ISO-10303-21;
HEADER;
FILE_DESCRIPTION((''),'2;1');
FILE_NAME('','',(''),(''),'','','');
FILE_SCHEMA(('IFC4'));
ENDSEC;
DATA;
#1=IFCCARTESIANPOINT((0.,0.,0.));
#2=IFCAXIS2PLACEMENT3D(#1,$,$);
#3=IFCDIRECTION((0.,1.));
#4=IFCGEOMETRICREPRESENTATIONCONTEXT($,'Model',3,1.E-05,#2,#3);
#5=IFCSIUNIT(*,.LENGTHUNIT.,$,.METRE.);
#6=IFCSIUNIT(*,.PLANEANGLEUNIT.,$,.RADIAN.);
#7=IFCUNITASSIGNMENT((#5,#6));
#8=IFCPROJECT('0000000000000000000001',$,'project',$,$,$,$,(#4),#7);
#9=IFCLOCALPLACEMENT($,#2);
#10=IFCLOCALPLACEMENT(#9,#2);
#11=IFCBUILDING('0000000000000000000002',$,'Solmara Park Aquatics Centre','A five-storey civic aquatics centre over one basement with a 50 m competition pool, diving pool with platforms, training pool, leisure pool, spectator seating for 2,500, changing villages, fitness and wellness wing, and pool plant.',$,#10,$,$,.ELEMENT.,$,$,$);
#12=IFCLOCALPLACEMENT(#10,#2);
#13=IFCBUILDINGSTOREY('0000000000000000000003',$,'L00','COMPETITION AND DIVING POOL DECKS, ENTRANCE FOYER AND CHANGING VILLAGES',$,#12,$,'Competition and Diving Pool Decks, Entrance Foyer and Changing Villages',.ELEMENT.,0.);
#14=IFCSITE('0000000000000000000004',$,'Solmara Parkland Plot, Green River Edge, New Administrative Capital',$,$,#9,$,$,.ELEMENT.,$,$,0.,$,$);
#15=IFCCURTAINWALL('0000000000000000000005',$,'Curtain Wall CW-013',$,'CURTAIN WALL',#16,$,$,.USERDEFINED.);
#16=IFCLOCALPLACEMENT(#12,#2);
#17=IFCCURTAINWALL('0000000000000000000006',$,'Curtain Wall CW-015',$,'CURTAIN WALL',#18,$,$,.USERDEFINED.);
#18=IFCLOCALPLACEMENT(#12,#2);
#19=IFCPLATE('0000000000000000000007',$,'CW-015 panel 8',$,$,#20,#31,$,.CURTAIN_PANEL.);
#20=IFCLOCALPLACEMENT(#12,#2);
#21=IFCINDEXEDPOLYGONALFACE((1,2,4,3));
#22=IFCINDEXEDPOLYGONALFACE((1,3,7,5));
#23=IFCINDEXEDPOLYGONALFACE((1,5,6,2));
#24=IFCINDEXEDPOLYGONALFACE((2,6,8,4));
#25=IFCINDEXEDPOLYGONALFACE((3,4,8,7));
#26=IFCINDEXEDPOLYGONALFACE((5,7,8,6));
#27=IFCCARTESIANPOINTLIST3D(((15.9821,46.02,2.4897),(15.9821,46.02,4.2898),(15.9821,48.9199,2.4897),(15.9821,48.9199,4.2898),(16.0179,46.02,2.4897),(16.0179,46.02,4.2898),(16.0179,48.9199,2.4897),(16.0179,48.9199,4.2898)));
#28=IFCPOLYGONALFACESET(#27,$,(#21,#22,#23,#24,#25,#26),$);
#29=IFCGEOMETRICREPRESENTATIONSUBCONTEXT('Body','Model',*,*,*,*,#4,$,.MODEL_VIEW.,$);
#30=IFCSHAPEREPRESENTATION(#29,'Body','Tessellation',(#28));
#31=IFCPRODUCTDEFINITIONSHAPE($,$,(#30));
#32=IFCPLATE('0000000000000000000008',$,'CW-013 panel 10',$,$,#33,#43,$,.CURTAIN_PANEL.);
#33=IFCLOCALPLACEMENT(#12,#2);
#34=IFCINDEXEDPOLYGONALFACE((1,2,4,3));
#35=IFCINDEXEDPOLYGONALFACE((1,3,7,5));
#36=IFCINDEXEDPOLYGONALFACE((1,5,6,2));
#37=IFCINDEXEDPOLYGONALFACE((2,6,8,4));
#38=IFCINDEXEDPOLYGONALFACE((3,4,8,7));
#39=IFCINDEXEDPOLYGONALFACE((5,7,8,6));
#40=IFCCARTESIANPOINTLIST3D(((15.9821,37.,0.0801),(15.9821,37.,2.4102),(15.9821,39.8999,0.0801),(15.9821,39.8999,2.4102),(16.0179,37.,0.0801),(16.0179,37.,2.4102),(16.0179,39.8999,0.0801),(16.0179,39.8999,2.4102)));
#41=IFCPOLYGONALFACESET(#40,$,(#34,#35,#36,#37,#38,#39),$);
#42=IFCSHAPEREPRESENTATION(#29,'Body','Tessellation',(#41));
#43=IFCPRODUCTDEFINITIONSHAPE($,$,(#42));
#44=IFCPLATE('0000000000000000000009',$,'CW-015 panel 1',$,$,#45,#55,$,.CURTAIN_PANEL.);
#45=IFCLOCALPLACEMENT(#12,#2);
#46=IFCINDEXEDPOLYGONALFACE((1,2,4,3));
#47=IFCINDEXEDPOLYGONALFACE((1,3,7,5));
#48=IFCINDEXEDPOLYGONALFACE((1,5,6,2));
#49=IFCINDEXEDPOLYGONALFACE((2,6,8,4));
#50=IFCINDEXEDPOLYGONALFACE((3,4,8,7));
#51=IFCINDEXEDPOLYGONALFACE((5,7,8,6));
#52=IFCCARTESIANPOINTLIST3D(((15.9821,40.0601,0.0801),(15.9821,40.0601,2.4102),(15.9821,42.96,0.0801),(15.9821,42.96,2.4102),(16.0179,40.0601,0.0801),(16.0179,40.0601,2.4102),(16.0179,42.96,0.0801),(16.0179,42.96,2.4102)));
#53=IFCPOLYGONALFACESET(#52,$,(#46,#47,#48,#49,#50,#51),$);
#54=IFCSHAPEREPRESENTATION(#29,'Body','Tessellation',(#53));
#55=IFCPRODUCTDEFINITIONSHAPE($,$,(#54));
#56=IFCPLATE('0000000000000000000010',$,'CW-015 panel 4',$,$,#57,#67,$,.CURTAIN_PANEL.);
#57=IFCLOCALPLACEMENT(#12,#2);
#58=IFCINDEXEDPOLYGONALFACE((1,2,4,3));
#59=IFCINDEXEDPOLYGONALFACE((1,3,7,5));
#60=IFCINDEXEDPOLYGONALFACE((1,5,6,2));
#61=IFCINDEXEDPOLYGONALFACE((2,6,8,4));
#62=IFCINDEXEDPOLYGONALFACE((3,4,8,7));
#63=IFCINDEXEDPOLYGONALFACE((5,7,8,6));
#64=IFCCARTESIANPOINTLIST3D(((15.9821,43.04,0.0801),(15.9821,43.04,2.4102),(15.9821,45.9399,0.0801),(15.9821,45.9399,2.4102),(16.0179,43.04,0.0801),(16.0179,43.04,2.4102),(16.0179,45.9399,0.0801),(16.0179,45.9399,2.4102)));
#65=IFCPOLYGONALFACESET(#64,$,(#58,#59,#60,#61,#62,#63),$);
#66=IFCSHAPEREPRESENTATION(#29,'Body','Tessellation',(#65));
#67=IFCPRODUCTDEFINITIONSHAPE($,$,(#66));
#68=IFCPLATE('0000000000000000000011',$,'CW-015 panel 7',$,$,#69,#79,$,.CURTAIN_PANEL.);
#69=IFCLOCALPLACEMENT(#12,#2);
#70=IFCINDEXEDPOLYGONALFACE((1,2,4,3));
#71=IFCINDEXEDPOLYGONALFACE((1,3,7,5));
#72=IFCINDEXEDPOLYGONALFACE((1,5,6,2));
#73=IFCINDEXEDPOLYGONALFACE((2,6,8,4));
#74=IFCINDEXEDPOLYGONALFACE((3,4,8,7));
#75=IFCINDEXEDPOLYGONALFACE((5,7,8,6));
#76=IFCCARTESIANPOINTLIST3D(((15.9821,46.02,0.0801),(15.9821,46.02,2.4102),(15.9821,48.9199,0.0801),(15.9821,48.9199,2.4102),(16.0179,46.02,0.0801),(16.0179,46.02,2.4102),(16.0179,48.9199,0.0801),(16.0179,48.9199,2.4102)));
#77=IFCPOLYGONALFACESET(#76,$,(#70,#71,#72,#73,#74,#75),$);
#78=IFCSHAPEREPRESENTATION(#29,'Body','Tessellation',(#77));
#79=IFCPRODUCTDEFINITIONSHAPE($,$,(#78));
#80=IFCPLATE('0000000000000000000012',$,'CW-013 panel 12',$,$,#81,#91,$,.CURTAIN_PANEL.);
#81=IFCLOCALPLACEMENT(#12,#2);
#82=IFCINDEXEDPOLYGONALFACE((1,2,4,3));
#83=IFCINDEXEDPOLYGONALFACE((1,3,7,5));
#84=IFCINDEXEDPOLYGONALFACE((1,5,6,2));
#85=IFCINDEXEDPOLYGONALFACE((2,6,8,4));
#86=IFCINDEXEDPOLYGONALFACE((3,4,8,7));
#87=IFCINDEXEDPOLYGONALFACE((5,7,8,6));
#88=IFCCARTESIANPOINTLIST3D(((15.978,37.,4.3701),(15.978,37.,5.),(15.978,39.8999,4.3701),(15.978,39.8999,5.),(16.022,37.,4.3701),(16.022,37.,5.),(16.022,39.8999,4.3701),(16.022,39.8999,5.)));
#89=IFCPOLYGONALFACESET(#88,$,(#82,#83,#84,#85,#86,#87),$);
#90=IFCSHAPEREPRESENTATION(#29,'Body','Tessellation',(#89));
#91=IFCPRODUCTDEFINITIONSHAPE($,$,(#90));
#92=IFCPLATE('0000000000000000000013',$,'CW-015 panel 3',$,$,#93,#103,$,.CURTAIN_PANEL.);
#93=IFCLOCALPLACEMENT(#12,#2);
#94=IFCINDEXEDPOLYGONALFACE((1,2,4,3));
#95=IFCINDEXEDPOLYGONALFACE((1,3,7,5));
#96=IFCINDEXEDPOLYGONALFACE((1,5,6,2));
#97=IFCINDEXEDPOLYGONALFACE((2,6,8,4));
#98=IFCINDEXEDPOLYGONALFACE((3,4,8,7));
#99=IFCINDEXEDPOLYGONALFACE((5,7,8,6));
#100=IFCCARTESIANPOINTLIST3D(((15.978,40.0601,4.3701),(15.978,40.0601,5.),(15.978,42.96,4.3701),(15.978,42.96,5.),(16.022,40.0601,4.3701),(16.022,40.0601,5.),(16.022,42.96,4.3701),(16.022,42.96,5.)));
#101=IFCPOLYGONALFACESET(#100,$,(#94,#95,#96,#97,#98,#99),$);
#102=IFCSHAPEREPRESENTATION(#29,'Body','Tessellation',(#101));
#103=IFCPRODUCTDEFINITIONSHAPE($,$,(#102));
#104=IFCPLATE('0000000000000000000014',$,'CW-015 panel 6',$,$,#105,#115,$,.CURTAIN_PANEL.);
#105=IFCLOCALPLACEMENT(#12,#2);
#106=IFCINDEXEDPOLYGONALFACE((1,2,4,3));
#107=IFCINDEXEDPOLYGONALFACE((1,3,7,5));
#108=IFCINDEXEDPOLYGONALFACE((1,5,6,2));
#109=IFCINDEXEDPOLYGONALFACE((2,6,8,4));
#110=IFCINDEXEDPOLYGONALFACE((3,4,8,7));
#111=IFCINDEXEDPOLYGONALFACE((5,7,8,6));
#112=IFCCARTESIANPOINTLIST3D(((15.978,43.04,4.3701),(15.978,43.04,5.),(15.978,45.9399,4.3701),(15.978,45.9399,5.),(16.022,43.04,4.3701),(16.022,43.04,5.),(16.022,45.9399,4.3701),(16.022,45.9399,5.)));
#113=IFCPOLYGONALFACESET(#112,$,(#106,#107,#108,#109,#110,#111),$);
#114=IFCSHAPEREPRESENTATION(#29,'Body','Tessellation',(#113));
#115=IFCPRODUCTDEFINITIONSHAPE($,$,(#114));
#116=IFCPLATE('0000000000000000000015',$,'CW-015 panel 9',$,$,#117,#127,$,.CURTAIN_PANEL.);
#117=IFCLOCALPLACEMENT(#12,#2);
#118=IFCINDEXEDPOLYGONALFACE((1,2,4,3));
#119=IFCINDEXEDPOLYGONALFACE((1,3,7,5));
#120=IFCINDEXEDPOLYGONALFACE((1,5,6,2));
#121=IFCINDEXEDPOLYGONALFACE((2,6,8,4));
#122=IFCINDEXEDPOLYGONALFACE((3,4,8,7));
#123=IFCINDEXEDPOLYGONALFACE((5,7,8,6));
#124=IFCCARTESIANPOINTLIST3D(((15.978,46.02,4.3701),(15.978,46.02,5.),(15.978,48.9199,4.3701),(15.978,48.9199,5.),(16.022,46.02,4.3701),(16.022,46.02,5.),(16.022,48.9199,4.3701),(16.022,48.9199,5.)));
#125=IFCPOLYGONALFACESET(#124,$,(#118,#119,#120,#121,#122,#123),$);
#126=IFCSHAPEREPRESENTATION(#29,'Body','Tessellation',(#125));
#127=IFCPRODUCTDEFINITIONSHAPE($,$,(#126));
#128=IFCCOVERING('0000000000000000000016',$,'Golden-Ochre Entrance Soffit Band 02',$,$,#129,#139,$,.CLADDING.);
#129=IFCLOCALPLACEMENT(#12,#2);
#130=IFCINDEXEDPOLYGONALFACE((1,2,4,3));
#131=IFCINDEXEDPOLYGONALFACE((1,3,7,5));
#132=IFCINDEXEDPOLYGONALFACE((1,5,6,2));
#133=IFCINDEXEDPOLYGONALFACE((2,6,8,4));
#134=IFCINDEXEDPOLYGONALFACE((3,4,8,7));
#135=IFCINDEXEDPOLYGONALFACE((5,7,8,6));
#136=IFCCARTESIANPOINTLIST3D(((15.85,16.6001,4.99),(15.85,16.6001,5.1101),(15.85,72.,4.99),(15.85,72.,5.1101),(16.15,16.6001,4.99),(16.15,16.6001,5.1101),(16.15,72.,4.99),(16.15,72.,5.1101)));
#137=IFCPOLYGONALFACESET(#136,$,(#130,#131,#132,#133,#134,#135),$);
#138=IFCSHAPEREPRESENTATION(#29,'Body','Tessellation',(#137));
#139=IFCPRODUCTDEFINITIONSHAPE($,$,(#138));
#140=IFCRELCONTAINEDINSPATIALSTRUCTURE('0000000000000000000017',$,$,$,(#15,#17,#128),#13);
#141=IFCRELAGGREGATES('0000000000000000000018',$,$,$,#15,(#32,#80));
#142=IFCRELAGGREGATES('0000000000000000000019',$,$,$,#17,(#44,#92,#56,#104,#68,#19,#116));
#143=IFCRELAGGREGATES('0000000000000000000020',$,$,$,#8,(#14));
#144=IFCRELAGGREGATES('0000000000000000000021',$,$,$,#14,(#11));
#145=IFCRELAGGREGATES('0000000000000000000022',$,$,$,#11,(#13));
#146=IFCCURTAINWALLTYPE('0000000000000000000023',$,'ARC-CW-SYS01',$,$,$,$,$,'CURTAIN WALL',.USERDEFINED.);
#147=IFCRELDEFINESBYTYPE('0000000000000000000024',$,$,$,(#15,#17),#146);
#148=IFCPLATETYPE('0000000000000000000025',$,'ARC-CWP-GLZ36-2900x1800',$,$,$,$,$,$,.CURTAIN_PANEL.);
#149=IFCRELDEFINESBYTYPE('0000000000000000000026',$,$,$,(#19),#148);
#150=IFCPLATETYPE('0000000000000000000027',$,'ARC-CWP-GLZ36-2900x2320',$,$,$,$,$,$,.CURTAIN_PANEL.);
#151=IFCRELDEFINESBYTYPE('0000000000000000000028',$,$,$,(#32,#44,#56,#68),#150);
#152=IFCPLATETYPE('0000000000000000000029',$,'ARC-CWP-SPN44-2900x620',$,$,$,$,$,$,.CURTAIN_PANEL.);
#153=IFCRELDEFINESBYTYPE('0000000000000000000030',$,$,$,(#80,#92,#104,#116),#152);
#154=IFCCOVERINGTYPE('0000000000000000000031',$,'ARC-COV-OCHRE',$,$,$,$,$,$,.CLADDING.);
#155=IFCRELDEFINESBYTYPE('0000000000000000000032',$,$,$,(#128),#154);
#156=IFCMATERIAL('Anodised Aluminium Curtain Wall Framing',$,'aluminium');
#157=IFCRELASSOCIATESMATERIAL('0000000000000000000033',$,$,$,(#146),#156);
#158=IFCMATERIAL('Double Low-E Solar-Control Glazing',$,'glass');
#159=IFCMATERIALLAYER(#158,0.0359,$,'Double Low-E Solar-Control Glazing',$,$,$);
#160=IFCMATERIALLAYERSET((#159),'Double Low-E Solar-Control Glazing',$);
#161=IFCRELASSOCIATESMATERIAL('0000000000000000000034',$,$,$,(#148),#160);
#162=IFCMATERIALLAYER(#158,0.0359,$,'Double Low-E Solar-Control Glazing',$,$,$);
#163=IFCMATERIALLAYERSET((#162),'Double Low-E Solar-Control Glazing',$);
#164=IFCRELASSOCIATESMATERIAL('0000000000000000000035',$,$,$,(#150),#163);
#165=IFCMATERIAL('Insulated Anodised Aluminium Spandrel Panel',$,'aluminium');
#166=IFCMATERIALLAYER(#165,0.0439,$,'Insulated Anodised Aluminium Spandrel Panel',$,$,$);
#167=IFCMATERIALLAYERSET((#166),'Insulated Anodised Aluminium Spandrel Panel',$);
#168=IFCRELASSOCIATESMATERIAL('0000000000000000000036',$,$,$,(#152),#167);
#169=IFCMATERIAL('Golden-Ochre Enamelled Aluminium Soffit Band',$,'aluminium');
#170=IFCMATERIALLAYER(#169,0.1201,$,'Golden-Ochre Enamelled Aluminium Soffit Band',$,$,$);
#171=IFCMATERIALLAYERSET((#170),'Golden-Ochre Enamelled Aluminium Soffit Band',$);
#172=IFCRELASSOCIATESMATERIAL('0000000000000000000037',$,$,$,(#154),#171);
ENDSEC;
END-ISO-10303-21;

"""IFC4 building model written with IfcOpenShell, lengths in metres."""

from ifc_helpers import new_model, si_unit, direction, frame, origin, origin_2d, place, context, subcontext, project, spatial, rectangle, extrude, material, layer, layer_set, type_object, element, aggregate, save


model = new_model("IFC4")

# Units and contexts
model_context = context("Model", 3, precision=1e-05, world=origin(), true_north=direction((0.0, 1.0)))
body_context = subcontext(model_context, "Body", "Model", "MODEL_VIEW")
ifc_project = project(units=[si_unit("LENGTHUNIT", "METRE"), si_unit("PLANEANGLEUNIT", "RADIAN")], contexts=[model_context])

# Site, building, storey
site_placement = place(None, origin())
site = spatial("IfcSite", under=ifc_project, at=site_placement, Name="Solmara Parkland Plot, Green River Edge, New Administrative Capital", CompositionType="ELEMENT", RefElevation=0.0)
building_placement = place(site_placement, origin())
building = spatial("IfcBuilding", under=site, at=building_placement, Name="Solmara Park Aquatics Centre", Description="A five-storey civic aquatics centre over one basement with a 50 m competition pool, diving pool with platforms, training pool, leisure pool, spectator seating for 2,500, changing villages, fitness and wellness wing, and pool plant.", CompositionType="ELEMENT")
storey_placement = place(building_placement, origin())
storey = spatial("IfcBuildingStorey", under=building, at=storey_placement, Name="L00", Description="COMPETITION AND DIVING POOL DECKS, ENTRANCE FOYER AND CHANGING VILLAGES", LongName="Competition and Diving Pool Decks, Entrance Foyer and Changing Villages", CompositionType="ELEMENT", Elevation=0.0)

# Curtain wall
ifc_material_1 = material(Name="Anodised Aluminium Curtain Wall Framing", Category="aluminium")
curtain_wall_type = type_object("IfcCurtainWallType", Name="ARC-CW-SYS01", ElementType="CURTAIN WALL", PredefinedType="USERDEFINED", material=ifc_material_1)
curtain_wall_1_placement = place(storey_placement, origin())
curtain_wall_1 = element("IfcCurtainWall", 1, at=curtain_wall_1_placement, inside=storey, type_object=curtain_wall_type, Name="Curtain Wall CW-013", ObjectType="CURTAIN WALL", PredefinedType="USERDEFINED")

# Curtain wall
curtain_wall_2_placement = place(storey_placement, origin())
curtain_wall_2 = element("IfcCurtainWall", 2, at=curtain_wall_2_placement, inside=storey, type_object=curtain_wall_type, Name="Curtain Wall CW-015", ObjectType="CURTAIN WALL", PredefinedType="USERDEFINED")

# Plates
ifc_material_2 = material(Name="Double Low-E Solar-Control Glazing", Category="glass")
ifc_layer_1 = layer(ifc_material_2, 0.0359, Name="Double Low-E Solar-Control Glazing")
ifc_layer_set_1 = layer_set([ifc_layer_1], Name="Double Low-E Solar-Control Glazing")
plate_type_1 = type_object("IfcPlateType", Name="ARC-CWP-GLZ36-2900x1800", PredefinedType="CURTAIN_PANEL", material=ifc_layer_set_1)
plate_1_placement = place(storey_placement, frame((16.0, 47.47, 2.4897), z_axis=(0.0, 0.0, 1.0), x_axis=(0.0, 1.0, 0.0)))
plate_1 = element("IfcPlate", 3, at=plate_1_placement, type_object=plate_type_1, Name="CW-015 panel 8", PredefinedType="CURTAIN_PANEL", context=body_context, shape_type="SweptSolid", body=[
    extrude(rectangle(XDim=2.8999, YDim=0.0359, at=origin_2d()), origin(), (0.0, 0.0, 1.0), 1.8),
])
ifc_layer_2 = layer(ifc_material_2, 0.0359, Name="Double Low-E Solar-Control Glazing")
ifc_layer_set_2 = layer_set([ifc_layer_2], Name="Double Low-E Solar-Control Glazing")
plate_type_2 = type_object("IfcPlateType", Name="ARC-CWP-GLZ36-2900x2320", PredefinedType="CURTAIN_PANEL", material=ifc_layer_set_2)
plate_2_placement = place(storey_placement, frame((16.0, 38.45, 0.0801), z_axis=(0.0, 0.0, 1.0), x_axis=(0.0, 1.0, 0.0)))
plate_2 = element("IfcPlate", 4, at=plate_2_placement, type_object=plate_type_2, Name="CW-013 panel 10", PredefinedType="CURTAIN_PANEL", context=body_context, shape_type="SweptSolid", body=[
    extrude(rectangle(XDim=2.8999, YDim=0.0359, at=origin_2d()), origin(), (0.0, 0.0, 1.0), 2.3301),
])
plate_3_placement = place(storey_placement, frame((16.0, 41.51, 0.0801), z_axis=(0.0, 0.0, 1.0), x_axis=(0.0, 1.0, 0.0)))
plate_3 = element("IfcPlate", 5, at=plate_3_placement, type_object=plate_type_2, Name="CW-015 panel 1", PredefinedType="CURTAIN_PANEL", context=body_context, shape_type="SweptSolid", body=[
    extrude(rectangle(XDim=2.8999, YDim=0.0359, at=origin_2d()), origin(), (0.0, 0.0, 1.0), 2.3301),
])
plate_4_placement = place(storey_placement, frame((16.0, 44.49, 0.0801), z_axis=(0.0, 0.0, 1.0), x_axis=(0.0, 1.0, 0.0)))
plate_4 = element("IfcPlate", 6, at=plate_4_placement, type_object=plate_type_2, Name="CW-015 panel 4", PredefinedType="CURTAIN_PANEL", context=body_context, shape_type="SweptSolid", body=[
    extrude(rectangle(XDim=2.8999, YDim=0.0359, at=origin_2d()), origin(), (0.0, 0.0, 1.0), 2.3301),
])
plate_5_placement = place(storey_placement, frame((16.0, 47.47, 0.0801), z_axis=(0.0, 0.0, 1.0), x_axis=(0.0, 1.0, 0.0)))
plate_5 = element("IfcPlate", 7, at=plate_5_placement, type_object=plate_type_2, Name="CW-015 panel 7", PredefinedType="CURTAIN_PANEL", context=body_context, shape_type="SweptSolid", body=[
    extrude(rectangle(XDim=2.8999, YDim=0.0359, at=origin_2d()), origin(), (0.0, 0.0, 1.0), 2.3301),
])
ifc_material_3 = material(Name="Insulated Anodised Aluminium Spandrel Panel", Category="aluminium")
ifc_layer_3 = layer(ifc_material_3, 0.0439, Name="Insulated Anodised Aluminium Spandrel Panel")
ifc_layer_set_3 = layer_set([ifc_layer_3], Name="Insulated Anodised Aluminium Spandrel Panel")
plate_type_3 = type_object("IfcPlateType", Name="ARC-CWP-SPN44-2900x620", PredefinedType="CURTAIN_PANEL", material=ifc_layer_set_3)
plate_6_placement = place(storey_placement, frame((16.0, 38.45, 4.3701), z_axis=(0.0, 0.0, 1.0), x_axis=(0.0, 1.0, 0.0)))
plate_6 = element("IfcPlate", 8, at=plate_6_placement, type_object=plate_type_3, Name="CW-013 panel 12", PredefinedType="CURTAIN_PANEL", context=body_context, shape_type="SweptSolid", body=[
    extrude(rectangle(XDim=2.8999, YDim=0.0439, at=origin_2d()), origin(), (0.0, 0.0, 1.0), 0.6299),
])
aggregate(curtain_wall_1, [plate_2, plate_6])
plate_7_placement = place(storey_placement, frame((16.0, 41.51, 4.3701), z_axis=(0.0, 0.0, 1.0), x_axis=(0.0, 1.0, 0.0)))
plate_7 = element("IfcPlate", 9, at=plate_7_placement, type_object=plate_type_3, Name="CW-015 panel 3", PredefinedType="CURTAIN_PANEL", context=body_context, shape_type="SweptSolid", body=[
    extrude(rectangle(XDim=2.8999, YDim=0.0439, at=origin_2d()), origin(), (0.0, 0.0, 1.0), 0.6299),
])
plate_8_placement = place(storey_placement, frame((16.0, 44.49, 4.3701), z_axis=(0.0, 0.0, 1.0), x_axis=(0.0, 1.0, 0.0)))
plate_8 = element("IfcPlate", 10, at=plate_8_placement, type_object=plate_type_3, Name="CW-015 panel 6", PredefinedType="CURTAIN_PANEL", context=body_context, shape_type="SweptSolid", body=[
    extrude(rectangle(XDim=2.8999, YDim=0.0439, at=origin_2d()), origin(), (0.0, 0.0, 1.0), 0.6299),
])
plate_9_placement = place(storey_placement, frame((16.0, 47.47, 4.3701), z_axis=(0.0, 0.0, 1.0), x_axis=(0.0, 1.0, 0.0)))
plate_9 = element("IfcPlate", 11, at=plate_9_placement, type_object=plate_type_3, Name="CW-015 panel 9", PredefinedType="CURTAIN_PANEL", context=body_context, shape_type="SweptSolid", body=[
    extrude(rectangle(XDim=2.8999, YDim=0.0439, at=origin_2d()), origin(), (0.0, 0.0, 1.0), 0.6299),
])
aggregate(curtain_wall_2, [plate_3, plate_7, plate_4, plate_8, plate_5, plate_1, plate_9])

# Covering
ifc_material_4 = material(Name="Golden-Ochre Enamelled Aluminium Soffit Band", Category="aluminium")
ifc_layer_4 = layer(ifc_material_4, 0.1201, Name="Golden-Ochre Enamelled Aluminium Soffit Band")
ifc_layer_set_4 = layer_set([ifc_layer_4], Name="Golden-Ochre Enamelled Aluminium Soffit Band")
covering_type = type_object("IfcCoveringType", Name="ARC-COV-OCHRE", PredefinedType="CLADDING", material=ifc_layer_set_4)
covering_placement = place(storey_placement, frame((16.0, 44.3, 4.99), z_axis=(0.0, 0.0, 1.0), x_axis=(1.0, 0.0, 0.0)))
element("IfcCovering", 12, at=covering_placement, inside=storey, type_object=covering_type, Name="Golden-Ochre Entrance Soffit Band 02", PredefinedType="CLADDING", context=body_context, shape_type="SweptSolid", body=[
    extrude(rectangle(XDim=0.3, YDim=55.3999, at=origin_2d()), origin(), (0.0, 0.0, 1.0), 0.1201),
])

save(model, "model.ifc")
